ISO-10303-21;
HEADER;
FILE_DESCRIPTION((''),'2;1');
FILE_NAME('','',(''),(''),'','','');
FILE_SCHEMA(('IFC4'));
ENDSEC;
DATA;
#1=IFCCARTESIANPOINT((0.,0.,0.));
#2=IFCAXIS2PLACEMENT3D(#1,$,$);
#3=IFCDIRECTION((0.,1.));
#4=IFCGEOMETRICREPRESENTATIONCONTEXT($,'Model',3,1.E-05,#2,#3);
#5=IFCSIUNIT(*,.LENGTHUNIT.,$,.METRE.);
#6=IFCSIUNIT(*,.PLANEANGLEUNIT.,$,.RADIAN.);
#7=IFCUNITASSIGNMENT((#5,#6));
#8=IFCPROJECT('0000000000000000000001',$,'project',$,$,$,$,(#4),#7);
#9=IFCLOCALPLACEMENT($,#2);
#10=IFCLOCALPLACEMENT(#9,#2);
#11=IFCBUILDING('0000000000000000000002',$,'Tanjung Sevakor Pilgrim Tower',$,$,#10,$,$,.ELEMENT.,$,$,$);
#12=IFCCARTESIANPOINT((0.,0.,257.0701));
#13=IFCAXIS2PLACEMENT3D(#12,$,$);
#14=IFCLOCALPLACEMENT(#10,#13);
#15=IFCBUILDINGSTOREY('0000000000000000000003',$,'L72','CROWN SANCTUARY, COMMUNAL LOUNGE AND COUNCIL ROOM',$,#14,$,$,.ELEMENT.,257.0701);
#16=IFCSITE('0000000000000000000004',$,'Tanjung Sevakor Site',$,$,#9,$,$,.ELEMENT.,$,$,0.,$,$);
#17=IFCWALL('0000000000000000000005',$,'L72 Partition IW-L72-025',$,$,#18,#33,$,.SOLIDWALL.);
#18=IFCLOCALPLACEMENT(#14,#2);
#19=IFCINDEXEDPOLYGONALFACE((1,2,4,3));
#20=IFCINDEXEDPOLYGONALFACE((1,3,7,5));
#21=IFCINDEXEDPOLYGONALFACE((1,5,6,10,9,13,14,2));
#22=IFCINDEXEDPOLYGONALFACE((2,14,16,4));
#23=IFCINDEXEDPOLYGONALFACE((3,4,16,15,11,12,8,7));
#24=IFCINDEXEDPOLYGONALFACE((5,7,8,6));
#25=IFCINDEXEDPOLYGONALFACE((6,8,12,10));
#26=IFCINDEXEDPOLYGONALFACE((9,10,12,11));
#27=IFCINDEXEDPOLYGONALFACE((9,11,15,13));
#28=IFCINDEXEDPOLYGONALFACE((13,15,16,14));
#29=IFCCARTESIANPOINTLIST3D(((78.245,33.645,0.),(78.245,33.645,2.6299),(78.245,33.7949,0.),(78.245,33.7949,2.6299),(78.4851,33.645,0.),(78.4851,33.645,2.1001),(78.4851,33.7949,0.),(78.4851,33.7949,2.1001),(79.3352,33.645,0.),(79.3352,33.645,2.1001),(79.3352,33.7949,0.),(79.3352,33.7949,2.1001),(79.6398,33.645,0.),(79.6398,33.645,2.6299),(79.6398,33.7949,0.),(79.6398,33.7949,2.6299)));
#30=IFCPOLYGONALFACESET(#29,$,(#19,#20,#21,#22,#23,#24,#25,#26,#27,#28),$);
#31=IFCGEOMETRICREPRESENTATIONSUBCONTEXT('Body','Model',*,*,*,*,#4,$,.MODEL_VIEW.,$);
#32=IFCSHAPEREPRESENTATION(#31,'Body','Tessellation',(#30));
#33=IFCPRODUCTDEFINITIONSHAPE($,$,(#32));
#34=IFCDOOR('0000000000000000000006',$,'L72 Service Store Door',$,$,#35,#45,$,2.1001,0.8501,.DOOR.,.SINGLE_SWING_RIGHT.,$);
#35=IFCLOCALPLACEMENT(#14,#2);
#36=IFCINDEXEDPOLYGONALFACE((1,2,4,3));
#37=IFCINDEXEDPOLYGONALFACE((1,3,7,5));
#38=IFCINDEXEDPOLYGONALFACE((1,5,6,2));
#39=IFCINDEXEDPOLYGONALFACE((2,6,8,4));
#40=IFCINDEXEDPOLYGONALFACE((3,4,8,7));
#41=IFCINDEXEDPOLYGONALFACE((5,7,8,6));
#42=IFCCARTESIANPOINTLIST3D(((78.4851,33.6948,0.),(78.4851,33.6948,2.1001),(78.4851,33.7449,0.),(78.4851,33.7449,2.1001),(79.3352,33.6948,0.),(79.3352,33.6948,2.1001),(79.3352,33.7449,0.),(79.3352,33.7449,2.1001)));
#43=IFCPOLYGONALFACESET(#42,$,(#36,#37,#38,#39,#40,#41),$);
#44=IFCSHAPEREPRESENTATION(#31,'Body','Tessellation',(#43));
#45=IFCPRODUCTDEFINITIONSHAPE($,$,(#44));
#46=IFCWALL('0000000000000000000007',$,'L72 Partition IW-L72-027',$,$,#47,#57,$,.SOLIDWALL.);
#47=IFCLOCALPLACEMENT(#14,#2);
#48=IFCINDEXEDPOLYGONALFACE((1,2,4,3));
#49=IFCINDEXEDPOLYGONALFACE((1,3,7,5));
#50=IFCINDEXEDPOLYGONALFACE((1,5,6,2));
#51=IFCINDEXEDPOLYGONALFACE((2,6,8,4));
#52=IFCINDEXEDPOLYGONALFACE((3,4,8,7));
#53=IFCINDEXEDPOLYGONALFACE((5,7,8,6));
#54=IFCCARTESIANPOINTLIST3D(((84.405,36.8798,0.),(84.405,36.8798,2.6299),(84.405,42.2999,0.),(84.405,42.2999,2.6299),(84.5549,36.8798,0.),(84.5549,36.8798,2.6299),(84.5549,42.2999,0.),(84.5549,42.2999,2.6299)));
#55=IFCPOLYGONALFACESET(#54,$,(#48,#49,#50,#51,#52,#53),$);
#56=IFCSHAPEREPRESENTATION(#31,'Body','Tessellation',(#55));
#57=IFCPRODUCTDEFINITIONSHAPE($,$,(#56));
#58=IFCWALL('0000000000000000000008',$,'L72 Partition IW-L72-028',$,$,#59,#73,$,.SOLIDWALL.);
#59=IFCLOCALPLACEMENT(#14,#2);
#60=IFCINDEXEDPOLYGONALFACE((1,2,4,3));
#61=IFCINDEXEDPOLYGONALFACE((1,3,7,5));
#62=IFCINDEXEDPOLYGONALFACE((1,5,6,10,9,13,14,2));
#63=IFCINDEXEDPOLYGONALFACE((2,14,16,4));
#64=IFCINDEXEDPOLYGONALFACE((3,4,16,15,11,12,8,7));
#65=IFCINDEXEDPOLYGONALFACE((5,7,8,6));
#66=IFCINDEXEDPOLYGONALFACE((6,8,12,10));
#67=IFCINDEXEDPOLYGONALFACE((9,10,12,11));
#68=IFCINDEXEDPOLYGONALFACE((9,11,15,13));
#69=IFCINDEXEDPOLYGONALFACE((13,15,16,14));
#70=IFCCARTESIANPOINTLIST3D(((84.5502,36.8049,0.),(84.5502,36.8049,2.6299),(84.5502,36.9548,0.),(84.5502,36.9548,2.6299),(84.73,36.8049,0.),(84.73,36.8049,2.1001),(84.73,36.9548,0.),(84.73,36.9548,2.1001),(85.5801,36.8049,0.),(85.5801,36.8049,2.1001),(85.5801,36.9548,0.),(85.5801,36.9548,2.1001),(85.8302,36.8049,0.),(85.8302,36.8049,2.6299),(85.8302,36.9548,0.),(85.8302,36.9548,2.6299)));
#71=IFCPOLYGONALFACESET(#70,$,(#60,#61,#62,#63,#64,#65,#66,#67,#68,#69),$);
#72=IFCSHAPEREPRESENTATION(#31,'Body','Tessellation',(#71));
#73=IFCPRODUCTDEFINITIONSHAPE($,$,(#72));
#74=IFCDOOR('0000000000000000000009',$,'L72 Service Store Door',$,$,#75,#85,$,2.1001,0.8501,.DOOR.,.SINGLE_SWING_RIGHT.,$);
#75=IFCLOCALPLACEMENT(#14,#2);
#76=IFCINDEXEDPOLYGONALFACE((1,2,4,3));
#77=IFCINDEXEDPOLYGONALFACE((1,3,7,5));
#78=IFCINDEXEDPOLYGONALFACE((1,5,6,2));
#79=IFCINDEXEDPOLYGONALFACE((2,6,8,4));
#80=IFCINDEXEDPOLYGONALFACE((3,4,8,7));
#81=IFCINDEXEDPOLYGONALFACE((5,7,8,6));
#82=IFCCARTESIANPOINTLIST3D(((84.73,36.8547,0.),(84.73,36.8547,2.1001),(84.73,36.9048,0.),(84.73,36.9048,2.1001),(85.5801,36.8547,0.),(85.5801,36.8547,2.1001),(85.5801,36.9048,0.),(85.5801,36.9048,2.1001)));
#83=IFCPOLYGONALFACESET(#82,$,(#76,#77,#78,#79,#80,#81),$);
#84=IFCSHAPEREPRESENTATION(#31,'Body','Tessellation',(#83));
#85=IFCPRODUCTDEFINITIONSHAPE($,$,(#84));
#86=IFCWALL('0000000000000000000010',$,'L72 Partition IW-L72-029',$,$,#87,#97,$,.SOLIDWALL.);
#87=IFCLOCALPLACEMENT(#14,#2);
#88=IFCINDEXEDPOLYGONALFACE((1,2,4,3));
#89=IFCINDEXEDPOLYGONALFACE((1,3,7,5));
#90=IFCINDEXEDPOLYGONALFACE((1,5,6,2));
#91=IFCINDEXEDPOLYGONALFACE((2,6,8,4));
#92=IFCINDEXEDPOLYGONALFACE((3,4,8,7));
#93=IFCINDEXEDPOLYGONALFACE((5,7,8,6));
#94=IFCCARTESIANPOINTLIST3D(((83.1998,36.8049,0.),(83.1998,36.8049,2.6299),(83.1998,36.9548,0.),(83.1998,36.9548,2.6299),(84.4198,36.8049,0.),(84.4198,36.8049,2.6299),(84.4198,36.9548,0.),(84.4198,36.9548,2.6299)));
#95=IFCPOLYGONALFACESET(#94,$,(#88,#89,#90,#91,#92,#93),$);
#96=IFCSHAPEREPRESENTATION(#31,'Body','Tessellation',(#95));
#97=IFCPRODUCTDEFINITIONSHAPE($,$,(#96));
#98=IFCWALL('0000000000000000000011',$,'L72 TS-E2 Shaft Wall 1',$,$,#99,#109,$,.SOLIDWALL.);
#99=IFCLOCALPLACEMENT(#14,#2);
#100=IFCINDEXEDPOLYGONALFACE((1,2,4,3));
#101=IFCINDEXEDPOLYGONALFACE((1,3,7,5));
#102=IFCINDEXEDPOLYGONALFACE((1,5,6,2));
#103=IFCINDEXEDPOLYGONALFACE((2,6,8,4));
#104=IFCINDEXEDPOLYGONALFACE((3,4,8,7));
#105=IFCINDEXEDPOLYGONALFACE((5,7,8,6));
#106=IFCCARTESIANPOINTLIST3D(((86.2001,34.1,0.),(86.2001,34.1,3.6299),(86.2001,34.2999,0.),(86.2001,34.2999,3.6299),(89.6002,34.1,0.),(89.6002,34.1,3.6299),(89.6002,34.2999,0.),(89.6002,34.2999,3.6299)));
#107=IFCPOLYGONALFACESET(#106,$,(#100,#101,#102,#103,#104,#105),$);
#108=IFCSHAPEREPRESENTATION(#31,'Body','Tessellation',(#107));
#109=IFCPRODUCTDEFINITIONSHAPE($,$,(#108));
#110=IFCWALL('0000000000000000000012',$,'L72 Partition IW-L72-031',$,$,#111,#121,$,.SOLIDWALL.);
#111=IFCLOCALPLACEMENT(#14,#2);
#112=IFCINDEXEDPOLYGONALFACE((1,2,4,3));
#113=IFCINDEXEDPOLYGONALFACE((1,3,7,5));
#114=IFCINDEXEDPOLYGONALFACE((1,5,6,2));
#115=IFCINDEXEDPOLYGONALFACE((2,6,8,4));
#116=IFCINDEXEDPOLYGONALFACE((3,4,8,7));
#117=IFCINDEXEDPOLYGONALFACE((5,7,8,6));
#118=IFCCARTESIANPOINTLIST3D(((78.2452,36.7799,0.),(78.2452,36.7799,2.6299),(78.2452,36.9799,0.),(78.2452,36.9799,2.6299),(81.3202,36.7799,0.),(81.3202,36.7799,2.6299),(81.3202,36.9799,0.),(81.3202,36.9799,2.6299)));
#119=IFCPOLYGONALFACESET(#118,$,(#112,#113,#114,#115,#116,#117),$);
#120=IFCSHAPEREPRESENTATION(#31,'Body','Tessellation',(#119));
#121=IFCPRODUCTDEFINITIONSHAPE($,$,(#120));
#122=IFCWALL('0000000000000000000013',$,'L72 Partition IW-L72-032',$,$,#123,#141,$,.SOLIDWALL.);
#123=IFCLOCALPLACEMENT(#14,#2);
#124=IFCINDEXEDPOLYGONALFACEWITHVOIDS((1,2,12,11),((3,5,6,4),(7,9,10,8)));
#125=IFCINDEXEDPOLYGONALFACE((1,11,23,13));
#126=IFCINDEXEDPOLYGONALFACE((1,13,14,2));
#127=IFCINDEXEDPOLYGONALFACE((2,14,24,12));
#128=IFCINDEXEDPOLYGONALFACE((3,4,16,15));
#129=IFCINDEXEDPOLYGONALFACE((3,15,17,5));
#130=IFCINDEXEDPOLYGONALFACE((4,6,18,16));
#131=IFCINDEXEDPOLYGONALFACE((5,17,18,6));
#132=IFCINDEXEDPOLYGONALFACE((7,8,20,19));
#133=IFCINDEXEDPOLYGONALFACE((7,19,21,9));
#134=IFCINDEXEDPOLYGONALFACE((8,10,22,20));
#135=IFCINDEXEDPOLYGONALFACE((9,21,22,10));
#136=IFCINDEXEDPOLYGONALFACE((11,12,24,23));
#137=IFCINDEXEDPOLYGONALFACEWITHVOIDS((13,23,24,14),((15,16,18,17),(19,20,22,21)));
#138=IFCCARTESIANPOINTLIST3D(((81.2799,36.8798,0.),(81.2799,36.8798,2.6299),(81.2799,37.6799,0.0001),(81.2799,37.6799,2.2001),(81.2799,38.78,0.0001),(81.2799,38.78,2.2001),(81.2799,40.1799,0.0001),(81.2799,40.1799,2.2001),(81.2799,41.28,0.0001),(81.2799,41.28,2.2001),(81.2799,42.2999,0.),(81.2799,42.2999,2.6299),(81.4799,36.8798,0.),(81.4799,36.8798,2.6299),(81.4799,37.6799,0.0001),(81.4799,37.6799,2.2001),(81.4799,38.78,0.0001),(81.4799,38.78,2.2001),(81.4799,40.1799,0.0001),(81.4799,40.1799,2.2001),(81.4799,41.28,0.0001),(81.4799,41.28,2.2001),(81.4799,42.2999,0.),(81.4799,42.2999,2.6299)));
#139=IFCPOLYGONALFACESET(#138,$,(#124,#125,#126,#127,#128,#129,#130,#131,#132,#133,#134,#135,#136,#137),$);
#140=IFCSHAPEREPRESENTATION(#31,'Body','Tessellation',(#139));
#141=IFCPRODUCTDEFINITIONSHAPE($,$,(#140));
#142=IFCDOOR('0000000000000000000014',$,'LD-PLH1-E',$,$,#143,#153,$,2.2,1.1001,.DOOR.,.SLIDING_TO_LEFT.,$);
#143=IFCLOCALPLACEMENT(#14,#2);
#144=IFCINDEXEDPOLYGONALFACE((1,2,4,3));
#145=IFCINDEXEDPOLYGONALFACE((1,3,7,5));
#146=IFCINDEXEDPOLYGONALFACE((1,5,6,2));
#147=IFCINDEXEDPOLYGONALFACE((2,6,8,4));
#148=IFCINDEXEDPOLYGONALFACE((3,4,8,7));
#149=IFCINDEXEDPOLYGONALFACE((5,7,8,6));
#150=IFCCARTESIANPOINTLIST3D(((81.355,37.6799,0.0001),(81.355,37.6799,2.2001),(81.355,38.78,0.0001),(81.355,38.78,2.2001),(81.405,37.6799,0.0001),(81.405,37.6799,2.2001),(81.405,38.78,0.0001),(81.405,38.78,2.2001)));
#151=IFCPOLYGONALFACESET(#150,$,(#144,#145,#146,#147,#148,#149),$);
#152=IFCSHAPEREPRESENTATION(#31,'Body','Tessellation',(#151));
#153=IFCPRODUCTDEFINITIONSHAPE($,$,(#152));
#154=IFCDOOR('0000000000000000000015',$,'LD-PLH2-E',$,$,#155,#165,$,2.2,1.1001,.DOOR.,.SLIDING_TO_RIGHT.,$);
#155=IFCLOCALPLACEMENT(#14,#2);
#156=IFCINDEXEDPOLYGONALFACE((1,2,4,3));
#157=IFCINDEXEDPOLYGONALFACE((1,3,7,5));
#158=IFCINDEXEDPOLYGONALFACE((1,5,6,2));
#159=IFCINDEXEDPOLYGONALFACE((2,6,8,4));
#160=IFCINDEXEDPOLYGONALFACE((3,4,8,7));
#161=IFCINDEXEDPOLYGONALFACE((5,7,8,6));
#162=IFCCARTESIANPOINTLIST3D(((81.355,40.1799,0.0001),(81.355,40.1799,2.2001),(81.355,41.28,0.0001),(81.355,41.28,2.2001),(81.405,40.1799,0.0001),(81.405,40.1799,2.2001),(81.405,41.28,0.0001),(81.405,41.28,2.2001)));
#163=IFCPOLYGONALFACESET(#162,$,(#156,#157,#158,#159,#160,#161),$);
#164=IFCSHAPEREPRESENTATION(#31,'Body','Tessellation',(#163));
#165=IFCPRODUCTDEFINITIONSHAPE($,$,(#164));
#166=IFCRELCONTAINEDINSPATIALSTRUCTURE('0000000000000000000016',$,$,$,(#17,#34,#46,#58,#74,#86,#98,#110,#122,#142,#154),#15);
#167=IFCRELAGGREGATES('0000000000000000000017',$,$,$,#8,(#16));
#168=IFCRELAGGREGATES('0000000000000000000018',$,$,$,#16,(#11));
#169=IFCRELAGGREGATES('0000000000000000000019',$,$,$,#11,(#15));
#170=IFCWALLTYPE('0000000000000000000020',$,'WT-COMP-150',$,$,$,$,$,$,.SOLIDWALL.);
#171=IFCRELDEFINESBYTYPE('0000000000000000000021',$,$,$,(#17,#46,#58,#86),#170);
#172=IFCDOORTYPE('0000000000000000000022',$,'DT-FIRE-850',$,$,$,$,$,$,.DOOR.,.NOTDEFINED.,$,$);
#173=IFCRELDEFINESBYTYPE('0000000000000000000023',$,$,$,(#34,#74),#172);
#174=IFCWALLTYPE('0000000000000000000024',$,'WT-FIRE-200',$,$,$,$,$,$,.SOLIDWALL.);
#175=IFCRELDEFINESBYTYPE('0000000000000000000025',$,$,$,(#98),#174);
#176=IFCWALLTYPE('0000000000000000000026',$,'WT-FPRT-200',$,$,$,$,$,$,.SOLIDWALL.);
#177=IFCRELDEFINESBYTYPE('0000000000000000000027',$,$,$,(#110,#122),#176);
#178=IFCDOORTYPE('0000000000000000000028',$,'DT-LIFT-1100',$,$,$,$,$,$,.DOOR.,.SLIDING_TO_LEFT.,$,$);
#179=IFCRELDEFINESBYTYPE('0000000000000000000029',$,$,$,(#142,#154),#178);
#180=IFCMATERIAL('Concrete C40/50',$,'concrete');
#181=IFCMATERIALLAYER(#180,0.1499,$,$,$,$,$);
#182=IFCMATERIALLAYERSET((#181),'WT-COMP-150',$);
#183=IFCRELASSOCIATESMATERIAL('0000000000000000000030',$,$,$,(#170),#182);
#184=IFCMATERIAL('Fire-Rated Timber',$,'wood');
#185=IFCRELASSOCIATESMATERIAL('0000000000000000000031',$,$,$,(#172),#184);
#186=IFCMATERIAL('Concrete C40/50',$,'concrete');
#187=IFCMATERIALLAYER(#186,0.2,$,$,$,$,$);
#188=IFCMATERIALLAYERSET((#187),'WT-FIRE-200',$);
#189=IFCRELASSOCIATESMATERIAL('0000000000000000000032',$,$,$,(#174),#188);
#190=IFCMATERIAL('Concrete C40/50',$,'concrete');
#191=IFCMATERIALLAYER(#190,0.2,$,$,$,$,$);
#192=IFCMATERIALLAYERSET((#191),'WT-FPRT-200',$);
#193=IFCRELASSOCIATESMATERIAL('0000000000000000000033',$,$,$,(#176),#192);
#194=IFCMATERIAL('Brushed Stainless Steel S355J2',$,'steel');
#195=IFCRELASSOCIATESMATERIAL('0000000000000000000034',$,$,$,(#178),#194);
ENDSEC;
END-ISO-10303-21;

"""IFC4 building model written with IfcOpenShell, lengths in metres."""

from ifc_helpers import new_model, si_unit, direction, frame, frame_2d, origin, place, context, subcontext, project, spatial, rectangle, extrude, material, layer, layer_set, type_object, element, fill, save


model = new_model("IFC4")

# Units and contexts
model_context = context("Model", 3, precision=1e-05, world=origin(), true_north=direction((0.0, 1.0)))
body_context = subcontext(model_context, "Body", "Model", "MODEL_VIEW")
ifc_project = project(units=[si_unit("LENGTHUNIT", "METRE"), si_unit("PLANEANGLEUNIT", "RADIAN")], contexts=[model_context])

# Site, building, storey
site_placement = place(None, origin())
site = spatial("IfcSite", under=ifc_project, at=site_placement, Name="Tanjung Sevakor Site", CompositionType="ELEMENT", RefElevation=0.0)
building_placement = place(site_placement, origin())
building = spatial("IfcBuilding", under=site, at=building_placement, Name="Tanjung Sevakor Pilgrim Tower", CompositionType="ELEMENT")
storey_placement = place(building_placement, frame((0.0, 0.0, 257.0701)))
storey = spatial("IfcBuildingStorey", under=building, at=storey_placement, Name="L72", Description="CROWN SANCTUARY, COMMUNAL LOUNGE AND COUNCIL ROOM", CompositionType="ELEMENT", Elevation=257.0701)

# Shared definitions
ifc_material_1 = material(Name="Concrete C40/50", Category="concrete")
ifc_layer_1 = layer(ifc_material_1, 0.1499)
ifc_layer_set_1 = layer_set([ifc_layer_1], Name="WT-COMP-150")
wall_type_1 = type_object("IfcWallType", Name="WT-COMP-150", PredefinedType="SOLIDWALL", material=ifc_layer_set_1)
ifc_material_2 = material(Name="Fire-Rated Timber", Category="wood")
door_type_1 = type_object("IfcDoorType", Name="DT-FIRE-850", OperationType="NOTDEFINED", PredefinedType="DOOR", material=ifc_material_2)

# Wall, opening, door
wall_1_placement = place(storey_placement, frame((78.2451, 33.72, 0.0), z_axis=(0.0, 0.0, 1.0), x_axis=(1.0, 0.0, 0.0)))
wall_1 = element("IfcWall", 1, at=wall_1_placement, inside=storey, type_object=wall_type_1, Name="L72 Partition IW-L72-025", PredefinedType="SOLIDWALL", context=body_context, shape_type="SweptSolid", body=[
    extrude(rectangle(XDim=1.3948, YDim=0.1499, at=frame_2d((0.6973, 0.0))), origin(), (0.0, 0.0, 1.0), 2.6299),
])
opening_1_placement = place(wall_1_placement, frame((0.24, 0.0, 0.0)))
opening_1 = element("IfcOpeningElement", 2, at=opening_1_placement, cuts=wall_1, PredefinedType="OPENING", context=body_context, shape_type="SweptSolid", body=[
    extrude(rectangle(XDim=0.8501, YDim=2.1001, at=frame_2d((0.425, 1.05))), frame((0.0, 0.085, 0.0), z_axis=(0.0, -1.0, 0.0), x_axis=(1.0, 0.0, 0.0)), (0.0, 0.0, 1.0), 0.1699),
])
door_1_placement = place(opening_1_placement, origin())
door_1 = element("IfcDoor", 3, at=door_1_placement, inside=storey, type_object=door_type_1, Name="L72 Service Store Door", OperationType="SINGLE_SWING_RIGHT", OverallHeight=2.1001, OverallWidth=0.8501, PredefinedType="DOOR", context=body_context, shape_type="SweptSolid", body=[
    extrude(rectangle(XDim=0.8501, YDim=2.1001, at=frame_2d((0.425, 1.05))), frame((0.0, 0.0249, 0.0), z_axis=(0.0, -1.0, 0.0), x_axis=(1.0, 0.0, 0.0)), (0.0, 0.0, 1.0), 0.05),
])
fill(opening_1, door_1)

# Wall
wall_2_placement = place(storey_placement, frame((84.48, 36.8799, 0.0), z_axis=(0.0, 0.0, 1.0), x_axis=(0.0, 1.0, 0.0)))
element("IfcWall", 4, at=wall_2_placement, inside=storey, type_object=wall_type_1, Name="L72 Partition IW-L72-027", PredefinedType="SOLIDWALL", context=body_context, shape_type="SweptSolid", body=[
    extrude(rectangle(XDim=5.4202, YDim=0.1499, at=frame_2d((2.71, 0.0))), origin(), (0.0, 0.0, 1.0), 2.6299),
])

# Wall, opening, door
wall_3_placement = place(storey_placement, frame((84.55, 36.8799, 0.0), z_axis=(0.0, 0.0, 1.0), x_axis=(1.0, 0.0, 0.0)))
wall_3 = element("IfcWall", 5, at=wall_3_placement, inside=storey, type_object=wall_type_1, Name="L72 Partition IW-L72-028", PredefinedType="SOLIDWALL", context=body_context, shape_type="SweptSolid", body=[
    extrude(rectangle(XDim=1.28, YDim=0.1499, at=frame_2d((0.6401, 0.0))), origin(), (0.0, 0.0, 1.0), 2.6299),
])
opening_2_placement = place(wall_3_placement, frame((0.1799, 0.0, 0.0)))
opening_2 = element("IfcOpeningElement", 6, at=opening_2_placement, cuts=wall_3, PredefinedType="OPENING", context=body_context, shape_type="SweptSolid", body=[
    extrude(rectangle(XDim=0.8501, YDim=2.1001, at=frame_2d((0.425, 1.05))), frame((0.0, 0.085, 0.0), z_axis=(0.0, -1.0, 0.0), x_axis=(1.0, 0.0, 0.0)), (0.0, 0.0, 1.0), 0.1699),
])
door_2_placement = place(opening_2_placement, origin())
door_2 = element("IfcDoor", 7, at=door_2_placement, inside=storey, type_object=door_type_1, Name="L72 Service Store Door", OperationType="SINGLE_SWING_RIGHT", OverallHeight=2.1001, OverallWidth=0.8501, PredefinedType="DOOR", context=body_context, shape_type="SweptSolid", body=[
    extrude(rectangle(XDim=0.8501, YDim=2.1001, at=frame_2d((0.425, 1.05))), frame((0.0, 0.0249, 0.0), z_axis=(0.0, -1.0, 0.0), x_axis=(1.0, 0.0, 0.0)), (0.0, 0.0, 1.0), 0.05),
])
fill(opening_2, door_2)

# Wall
wall_4_placement = place(storey_placement, frame((83.2, 36.8799, 0.0), z_axis=(0.0, 0.0, 1.0), x_axis=(1.0, 0.0, 0.0)))
element("IfcWall", 8, at=wall_4_placement, inside=storey, type_object=wall_type_1, Name="L72 Partition IW-L72-029", PredefinedType="SOLIDWALL", context=body_context, shape_type="SweptSolid", body=[
    extrude(rectangle(XDim=1.22, YDim=0.1499, at=frame_2d((0.6099, 0.0))), origin(), (0.0, 0.0, 1.0), 2.6299),
])

# Walls
ifc_material_3 = material(Name="Concrete C40/50", Category="concrete")
ifc_layer_2 = layer(ifc_material_3, 0.2)
ifc_layer_set_2 = layer_set([ifc_layer_2], Name="WT-FIRE-200")
wall_type_2 = type_object("IfcWallType", Name="WT-FIRE-200", PredefinedType="SOLIDWALL", material=ifc_layer_set_2)
wall_5_placement = place(storey_placement, frame((86.2, 34.2, 0.0), z_axis=(0.0, 0.0, 1.0), x_axis=(1.0, 0.0, 0.0)))
element("IfcWall", 9, at=wall_5_placement, inside=storey, type_object=wall_type_2, Name="L72 TS-E2 Shaft Wall 1", PredefinedType="SOLIDWALL", context=body_context, shape_type="SweptSolid", body=[
    extrude(rectangle(XDim=3.4001, YDim=0.2, at=frame_2d((1.7002, 0.0))), origin(), (0.0, 0.0, 1.0), 3.6299),
])
ifc_material_4 = material(Name="Concrete C40/50", Category="concrete")
ifc_layer_3 = layer(ifc_material_4, 0.2)
ifc_layer_set_3 = layer_set([ifc_layer_3], Name="WT-FPRT-200")
wall_type_3 = type_object("IfcWallType", Name="WT-FPRT-200", PredefinedType="SOLIDWALL", material=ifc_layer_set_3)
wall_6_placement = place(storey_placement, frame((78.2451, 36.8799, 0.0), z_axis=(0.0, 0.0, 1.0), x_axis=(1.0, 0.0, 0.0)))
element("IfcWall", 10, at=wall_6_placement, inside=storey, type_object=wall_type_3, Name="L72 Partition IW-L72-031", PredefinedType="SOLIDWALL", context=body_context, shape_type="SweptSolid", body=[
    extrude(rectangle(XDim=3.075, YDim=0.2, at=frame_2d((1.5376, 0.0))), origin(), (0.0, 0.0, 1.0), 2.6299),
])

# Wall, openings, doors
wall_7_placement = place(storey_placement, frame((81.3799, 36.8799, 0.0), z_axis=(0.0, 0.0, 1.0), x_axis=(0.0, 1.0, 0.0)))
wall_7 = element("IfcWall", 11, at=wall_7_placement, inside=storey, type_object=wall_type_3, Name="L72 Partition IW-L72-032", PredefinedType="SOLIDWALL", context=body_context, shape_type="SweptSolid", body=[
    extrude(rectangle(XDim=5.4202, YDim=0.2, at=frame_2d((2.71, 0.0))), origin(), (0.0, 0.0, 1.0), 2.6299),
])
opening_3_placement = place(wall_7_placement, frame((0.8, 0.0, 0.0)))
opening_3 = element("IfcOpeningElement", 12, at=opening_3_placement, cuts=wall_7, PredefinedType="OPENING", context=body_context, shape_type="SweptSolid", body=[
    extrude(rectangle(XDim=1.1001, YDim=2.2, at=frame_2d((0.55, 1.1001))), frame((0.0, 0.1099, 0.0), z_axis=(0.0, -1.0, 0.0), x_axis=(1.0, 0.0, 0.0)), (0.0, 0.0, 1.0), 0.22),
])
opening_4_placement = place(wall_7_placement, frame((3.3, 0.0, 0.0)))
opening_4 = element("IfcOpeningElement", 13, at=opening_4_placement, cuts=wall_7, PredefinedType="OPENING", context=body_context, shape_type="SweptSolid", body=[
    extrude(rectangle(XDim=1.1001, YDim=2.2, at=frame_2d((0.55, 1.1001))), frame((0.0, 0.1099, 0.0), z_axis=(0.0, -1.0, 0.0), x_axis=(1.0, 0.0, 0.0)), (0.0, 0.0, 1.0), 0.22),
])
ifc_material_5 = material(Name="Brushed Stainless Steel S355J2", Category="steel")
door_type_2 = type_object("IfcDoorType", Name="DT-LIFT-1100", OperationType="SLIDING_TO_LEFT", PredefinedType="DOOR", material=ifc_material_5)
door_3_placement = place(opening_3_placement, origin())
door_3 = element("IfcDoor", 14, at=door_3_placement, inside=storey, type_object=door_type_2, Name="LD-PLH1-E", OperationType="SLIDING_TO_LEFT", OverallHeight=2.2, OverallWidth=1.1001, PredefinedType="DOOR", context=body_context, shape_type="SweptSolid", body=[
    extrude(rectangle(XDim=1.1001, YDim=2.2, at=frame_2d((0.55, 1.1001))), frame((0.0, 0.0249, 0.0), z_axis=(0.0, -1.0, 0.0), x_axis=(1.0, 0.0, 0.0)), (0.0, 0.0, 1.0), 0.05),
])
fill(opening_3, door_3)
door_4_placement = place(opening_4_placement, origin())
door_4 = element("IfcDoor", 15, at=door_4_placement, inside=storey, type_object=door_type_2, Name="LD-PLH2-E", OperationType="SLIDING_TO_RIGHT", OverallHeight=2.2, OverallWidth=1.1001, PredefinedType="DOOR", context=body_context, shape_type="SweptSolid", body=[
    extrude(rectangle(XDim=1.1001, YDim=2.2, at=frame_2d((0.55, 1.1001))), frame((0.0, 0.0249, 0.0), z_axis=(0.0, -1.0, 0.0), x_axis=(1.0, 0.0, 0.0)), (0.0, 0.0, 1.0), 0.05),
])
fill(opening_4, door_4)

save(model, "model.ifc")
